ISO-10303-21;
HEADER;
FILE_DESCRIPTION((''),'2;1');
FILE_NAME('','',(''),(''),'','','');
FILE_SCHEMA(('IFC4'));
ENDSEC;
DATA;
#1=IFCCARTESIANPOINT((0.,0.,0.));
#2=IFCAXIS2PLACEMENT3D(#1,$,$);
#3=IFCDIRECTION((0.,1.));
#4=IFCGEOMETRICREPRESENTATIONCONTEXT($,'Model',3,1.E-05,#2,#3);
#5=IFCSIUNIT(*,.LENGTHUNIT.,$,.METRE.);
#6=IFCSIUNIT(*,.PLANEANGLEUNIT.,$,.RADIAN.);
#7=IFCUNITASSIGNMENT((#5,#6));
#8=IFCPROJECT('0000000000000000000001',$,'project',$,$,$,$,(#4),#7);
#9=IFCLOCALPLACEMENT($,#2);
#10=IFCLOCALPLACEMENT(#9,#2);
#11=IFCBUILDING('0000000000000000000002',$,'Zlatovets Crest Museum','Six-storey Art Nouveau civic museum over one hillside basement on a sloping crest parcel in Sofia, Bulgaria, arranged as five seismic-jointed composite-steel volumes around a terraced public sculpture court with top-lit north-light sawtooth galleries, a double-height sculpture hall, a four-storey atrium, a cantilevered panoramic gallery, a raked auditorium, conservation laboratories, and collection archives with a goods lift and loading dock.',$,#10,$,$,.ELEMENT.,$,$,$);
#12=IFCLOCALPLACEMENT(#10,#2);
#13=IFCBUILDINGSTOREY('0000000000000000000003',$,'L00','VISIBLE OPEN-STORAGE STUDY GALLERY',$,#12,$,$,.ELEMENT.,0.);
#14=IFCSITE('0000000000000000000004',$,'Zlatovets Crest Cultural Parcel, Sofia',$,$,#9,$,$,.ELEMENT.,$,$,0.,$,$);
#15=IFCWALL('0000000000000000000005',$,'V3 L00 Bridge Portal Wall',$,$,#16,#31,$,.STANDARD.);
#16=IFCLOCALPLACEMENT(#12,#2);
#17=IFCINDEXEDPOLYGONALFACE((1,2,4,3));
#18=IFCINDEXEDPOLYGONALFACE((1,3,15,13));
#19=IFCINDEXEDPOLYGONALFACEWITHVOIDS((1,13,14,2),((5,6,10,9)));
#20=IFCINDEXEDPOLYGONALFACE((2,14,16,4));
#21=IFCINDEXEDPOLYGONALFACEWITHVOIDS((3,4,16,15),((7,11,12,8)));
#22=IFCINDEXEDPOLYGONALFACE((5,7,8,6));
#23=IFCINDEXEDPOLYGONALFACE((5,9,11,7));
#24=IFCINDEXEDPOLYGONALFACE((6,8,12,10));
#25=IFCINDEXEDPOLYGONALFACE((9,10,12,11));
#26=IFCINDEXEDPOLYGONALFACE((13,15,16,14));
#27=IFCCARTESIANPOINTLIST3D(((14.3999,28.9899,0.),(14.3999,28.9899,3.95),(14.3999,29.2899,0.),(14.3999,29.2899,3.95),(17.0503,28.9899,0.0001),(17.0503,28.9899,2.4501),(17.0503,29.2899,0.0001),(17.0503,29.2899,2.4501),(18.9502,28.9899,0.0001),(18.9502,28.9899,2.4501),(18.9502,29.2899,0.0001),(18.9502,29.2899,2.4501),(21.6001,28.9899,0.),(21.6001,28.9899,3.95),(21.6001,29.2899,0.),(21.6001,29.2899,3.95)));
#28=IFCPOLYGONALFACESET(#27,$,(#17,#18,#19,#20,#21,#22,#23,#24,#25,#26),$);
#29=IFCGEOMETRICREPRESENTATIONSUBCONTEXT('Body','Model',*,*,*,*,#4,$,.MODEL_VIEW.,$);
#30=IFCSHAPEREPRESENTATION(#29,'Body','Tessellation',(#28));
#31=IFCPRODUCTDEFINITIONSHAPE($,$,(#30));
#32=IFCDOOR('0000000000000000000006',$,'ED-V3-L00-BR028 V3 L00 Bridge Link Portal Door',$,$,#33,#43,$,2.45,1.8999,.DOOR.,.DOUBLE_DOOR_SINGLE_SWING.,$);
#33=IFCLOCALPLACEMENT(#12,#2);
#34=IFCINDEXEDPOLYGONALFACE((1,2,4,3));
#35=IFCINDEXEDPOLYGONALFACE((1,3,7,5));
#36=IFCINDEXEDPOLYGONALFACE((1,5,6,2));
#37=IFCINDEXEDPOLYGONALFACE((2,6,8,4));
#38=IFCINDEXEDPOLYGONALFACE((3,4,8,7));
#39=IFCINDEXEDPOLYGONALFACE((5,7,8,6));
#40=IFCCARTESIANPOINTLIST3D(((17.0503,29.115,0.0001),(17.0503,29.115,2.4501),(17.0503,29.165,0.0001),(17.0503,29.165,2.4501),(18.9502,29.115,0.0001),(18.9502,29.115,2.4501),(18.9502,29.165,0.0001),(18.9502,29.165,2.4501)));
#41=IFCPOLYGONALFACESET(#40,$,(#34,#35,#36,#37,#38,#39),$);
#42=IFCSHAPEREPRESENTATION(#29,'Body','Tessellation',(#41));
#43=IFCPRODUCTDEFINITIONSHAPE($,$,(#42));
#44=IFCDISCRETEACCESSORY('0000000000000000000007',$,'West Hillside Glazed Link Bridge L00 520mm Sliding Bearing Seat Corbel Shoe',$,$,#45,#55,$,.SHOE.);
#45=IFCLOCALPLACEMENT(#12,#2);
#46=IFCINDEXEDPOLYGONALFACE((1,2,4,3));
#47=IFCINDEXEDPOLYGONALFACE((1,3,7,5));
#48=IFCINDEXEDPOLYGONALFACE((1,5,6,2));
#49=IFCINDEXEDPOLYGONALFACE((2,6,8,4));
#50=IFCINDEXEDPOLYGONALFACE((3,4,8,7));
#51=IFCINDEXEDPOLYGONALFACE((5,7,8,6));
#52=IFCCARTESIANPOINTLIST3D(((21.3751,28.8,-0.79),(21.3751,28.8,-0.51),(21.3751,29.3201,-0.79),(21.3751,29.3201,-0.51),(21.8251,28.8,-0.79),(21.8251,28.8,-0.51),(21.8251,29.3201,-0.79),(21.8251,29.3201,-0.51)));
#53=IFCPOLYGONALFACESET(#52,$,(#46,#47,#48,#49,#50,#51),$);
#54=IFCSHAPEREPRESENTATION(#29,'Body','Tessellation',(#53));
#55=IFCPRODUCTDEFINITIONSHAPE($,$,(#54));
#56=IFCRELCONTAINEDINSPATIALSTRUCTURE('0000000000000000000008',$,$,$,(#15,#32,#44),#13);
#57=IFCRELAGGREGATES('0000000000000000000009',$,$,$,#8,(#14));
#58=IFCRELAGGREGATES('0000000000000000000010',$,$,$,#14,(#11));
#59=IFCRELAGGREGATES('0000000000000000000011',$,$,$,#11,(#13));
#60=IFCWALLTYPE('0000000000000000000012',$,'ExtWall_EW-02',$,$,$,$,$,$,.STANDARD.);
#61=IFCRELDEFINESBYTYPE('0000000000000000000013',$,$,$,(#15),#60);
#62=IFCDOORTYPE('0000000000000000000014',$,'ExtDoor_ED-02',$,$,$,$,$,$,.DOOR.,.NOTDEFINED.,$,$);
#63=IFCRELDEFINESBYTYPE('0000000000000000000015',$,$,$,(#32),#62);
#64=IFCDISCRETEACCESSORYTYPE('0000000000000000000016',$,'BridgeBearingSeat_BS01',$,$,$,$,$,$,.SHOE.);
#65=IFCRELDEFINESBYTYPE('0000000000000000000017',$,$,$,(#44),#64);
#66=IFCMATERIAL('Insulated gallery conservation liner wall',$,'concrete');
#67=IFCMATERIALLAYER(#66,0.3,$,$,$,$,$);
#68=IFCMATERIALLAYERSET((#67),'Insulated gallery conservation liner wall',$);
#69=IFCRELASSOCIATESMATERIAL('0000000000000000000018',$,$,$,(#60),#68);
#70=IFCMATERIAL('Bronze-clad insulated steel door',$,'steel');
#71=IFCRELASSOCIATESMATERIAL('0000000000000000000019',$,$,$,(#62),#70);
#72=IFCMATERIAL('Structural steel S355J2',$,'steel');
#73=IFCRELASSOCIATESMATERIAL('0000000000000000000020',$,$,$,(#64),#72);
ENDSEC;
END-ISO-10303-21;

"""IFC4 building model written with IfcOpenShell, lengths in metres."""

from ifc_helpers import new_model, si_unit, direction, frame, frame_2d, origin, origin_2d, place, context, subcontext, project, spatial, rectangle, extrude, material, layer, layer_set, type_object, element, fill, save


model = new_model("IFC4")

# Units and contexts
model_context = context("Model", 3, precision=1e-05, world=origin(), true_north=direction((0.0, 1.0)))
body_context = subcontext(model_context, "Body", "Model", "MODEL_VIEW")
ifc_project = project(units=[si_unit("LENGTHUNIT", "METRE"), si_unit("PLANEANGLEUNIT", "RADIAN")], contexts=[model_context])

# Site, building, storey
site_placement = place(None, origin())
site = spatial("IfcSite", under=ifc_project, at=site_placement, Name="Zlatovets Crest Cultural Parcel, Sofia", CompositionType="ELEMENT", RefElevation=0.0)
building_placement = place(site_placement, origin())
building = spatial("IfcBuilding", under=site, at=building_placement, Name="Zlatovets Crest Museum", Description="Six-storey Art Nouveau civic museum over one hillside basement on a sloping crest parcel in Sofia, Bulgaria, arranged as five seismic-jointed composite-steel volumes around a terraced public sculpture court with top-lit north-light sawtooth galleries, a double-height sculpture hall, a four-storey atrium, a cantilevered panoramic gallery, a raked auditorium, conservation laboratories, and collection archives with a goods lift and loading dock.", CompositionType="ELEMENT")
storey_placement = place(building_placement, origin())
storey = spatial("IfcBuildingStorey", under=building, at=storey_placement, Name="L00", Description="VISIBLE OPEN-STORAGE STUDY GALLERY", CompositionType="ELEMENT", Elevation=0.0)

# Wall, opening, door
ifc_material_1 = material(Name="Insulated gallery conservation liner wall", Category="concrete")
ifc_layer_1 = layer(ifc_material_1, 0.3)
ifc_layer_set_1 = layer_set([ifc_layer_1], Name="Insulated gallery conservation liner wall")
wall_type = type_object("IfcWallType", Name="ExtWall_EW-02", PredefinedType="STANDARD", material=ifc_layer_set_1)
wall_placement = place(storey_placement, frame((21.6001, 29.1399, 0.0), z_axis=(0.0, 0.0, 1.0), x_axis=(-1.0, 0.0, 0.0)))
wall = element("IfcWall", 1, at=wall_placement, inside=storey, type_object=wall_type, Name="V3 L00 Bridge Portal Wall", PredefinedType="STANDARD", context=body_context, shape_type="SweptSolid", body=[
    extrude(rectangle(XDim=7.2002, YDim=0.3, at=frame_2d((3.6001, 0.0))), origin(), (0.0, 0.0, 1.0), 3.95),
])
opening_placement = place(wall_placement, frame((2.6499, 0.0, 0.0)))
opening = element("IfcOpeningElement", 2, at=opening_placement, cuts=wall, PredefinedType="OPENING", context=body_context, shape_type="SweptSolid", body=[
    extrude(rectangle(XDim=1.8999, YDim=2.45, at=frame_2d((0.95, 1.2251))), frame((0.0, 0.1602, 0.0), z_axis=(0.0, -1.0, 0.0), x_axis=(1.0, 0.0, 0.0)), (0.0, 0.0, 1.0), 0.3201),
])
ifc_material_2 = material(Name="Bronze-clad insulated steel door", Category="steel")
door_type = type_object("IfcDoorType", Name="ExtDoor_ED-02", OperationType="NOTDEFINED", PredefinedType="DOOR", material=ifc_material_2)
door_placement = place(opening_placement, origin())
door = element("IfcDoor", 3, at=door_placement, inside=storey, type_object=door_type, Name="ED-V3-L00-BR028 V3 L00 Bridge Link Portal Door", OperationType="DOUBLE_DOOR_SINGLE_SWING", OverallHeight=2.45, OverallWidth=1.8999, PredefinedType="DOOR", context=body_context, shape_type="SweptSolid", body=[
    extrude(rectangle(XDim=1.8999, YDim=2.45, at=frame_2d((0.95, 1.2251))), frame((0.0, 0.0249, 0.0), z_axis=(0.0, -1.0, 0.0), x_axis=(1.0, 0.0, 0.0)), (0.0, 0.0, 1.0), 0.05),
])
fill(opening, door)

# Discrete accessory
ifc_material_3 = material(Name="Structural steel S355J2", Category="steel")
discrete_accessory_type = type_object("IfcDiscreteAccessoryType", Name="BridgeBearingSeat_BS01", PredefinedType="SHOE", material=ifc_material_3)
discrete_accessory_placement = place(storey_placement, frame((21.6001, 29.0601, -0.79), z_axis=(0.0, 0.0, 1.0), x_axis=(1.0, 0.0, 0.0)))
element("IfcDiscreteAccessory", 4, at=discrete_accessory_placement, inside=storey, type_object=discrete_accessory_type, Name="West Hillside Glazed Link Bridge L00 520mm Sliding Bearing Seat Corbel Shoe", PredefinedType="SHOE", context=body_context, shape_type="SweptSolid", body=[
    extrude(rectangle(XDim=0.45, YDim=0.52, at=origin_2d()), origin(), (0.0, 0.0, 1.0), 0.28),
])

save(model, "model.ifc")
